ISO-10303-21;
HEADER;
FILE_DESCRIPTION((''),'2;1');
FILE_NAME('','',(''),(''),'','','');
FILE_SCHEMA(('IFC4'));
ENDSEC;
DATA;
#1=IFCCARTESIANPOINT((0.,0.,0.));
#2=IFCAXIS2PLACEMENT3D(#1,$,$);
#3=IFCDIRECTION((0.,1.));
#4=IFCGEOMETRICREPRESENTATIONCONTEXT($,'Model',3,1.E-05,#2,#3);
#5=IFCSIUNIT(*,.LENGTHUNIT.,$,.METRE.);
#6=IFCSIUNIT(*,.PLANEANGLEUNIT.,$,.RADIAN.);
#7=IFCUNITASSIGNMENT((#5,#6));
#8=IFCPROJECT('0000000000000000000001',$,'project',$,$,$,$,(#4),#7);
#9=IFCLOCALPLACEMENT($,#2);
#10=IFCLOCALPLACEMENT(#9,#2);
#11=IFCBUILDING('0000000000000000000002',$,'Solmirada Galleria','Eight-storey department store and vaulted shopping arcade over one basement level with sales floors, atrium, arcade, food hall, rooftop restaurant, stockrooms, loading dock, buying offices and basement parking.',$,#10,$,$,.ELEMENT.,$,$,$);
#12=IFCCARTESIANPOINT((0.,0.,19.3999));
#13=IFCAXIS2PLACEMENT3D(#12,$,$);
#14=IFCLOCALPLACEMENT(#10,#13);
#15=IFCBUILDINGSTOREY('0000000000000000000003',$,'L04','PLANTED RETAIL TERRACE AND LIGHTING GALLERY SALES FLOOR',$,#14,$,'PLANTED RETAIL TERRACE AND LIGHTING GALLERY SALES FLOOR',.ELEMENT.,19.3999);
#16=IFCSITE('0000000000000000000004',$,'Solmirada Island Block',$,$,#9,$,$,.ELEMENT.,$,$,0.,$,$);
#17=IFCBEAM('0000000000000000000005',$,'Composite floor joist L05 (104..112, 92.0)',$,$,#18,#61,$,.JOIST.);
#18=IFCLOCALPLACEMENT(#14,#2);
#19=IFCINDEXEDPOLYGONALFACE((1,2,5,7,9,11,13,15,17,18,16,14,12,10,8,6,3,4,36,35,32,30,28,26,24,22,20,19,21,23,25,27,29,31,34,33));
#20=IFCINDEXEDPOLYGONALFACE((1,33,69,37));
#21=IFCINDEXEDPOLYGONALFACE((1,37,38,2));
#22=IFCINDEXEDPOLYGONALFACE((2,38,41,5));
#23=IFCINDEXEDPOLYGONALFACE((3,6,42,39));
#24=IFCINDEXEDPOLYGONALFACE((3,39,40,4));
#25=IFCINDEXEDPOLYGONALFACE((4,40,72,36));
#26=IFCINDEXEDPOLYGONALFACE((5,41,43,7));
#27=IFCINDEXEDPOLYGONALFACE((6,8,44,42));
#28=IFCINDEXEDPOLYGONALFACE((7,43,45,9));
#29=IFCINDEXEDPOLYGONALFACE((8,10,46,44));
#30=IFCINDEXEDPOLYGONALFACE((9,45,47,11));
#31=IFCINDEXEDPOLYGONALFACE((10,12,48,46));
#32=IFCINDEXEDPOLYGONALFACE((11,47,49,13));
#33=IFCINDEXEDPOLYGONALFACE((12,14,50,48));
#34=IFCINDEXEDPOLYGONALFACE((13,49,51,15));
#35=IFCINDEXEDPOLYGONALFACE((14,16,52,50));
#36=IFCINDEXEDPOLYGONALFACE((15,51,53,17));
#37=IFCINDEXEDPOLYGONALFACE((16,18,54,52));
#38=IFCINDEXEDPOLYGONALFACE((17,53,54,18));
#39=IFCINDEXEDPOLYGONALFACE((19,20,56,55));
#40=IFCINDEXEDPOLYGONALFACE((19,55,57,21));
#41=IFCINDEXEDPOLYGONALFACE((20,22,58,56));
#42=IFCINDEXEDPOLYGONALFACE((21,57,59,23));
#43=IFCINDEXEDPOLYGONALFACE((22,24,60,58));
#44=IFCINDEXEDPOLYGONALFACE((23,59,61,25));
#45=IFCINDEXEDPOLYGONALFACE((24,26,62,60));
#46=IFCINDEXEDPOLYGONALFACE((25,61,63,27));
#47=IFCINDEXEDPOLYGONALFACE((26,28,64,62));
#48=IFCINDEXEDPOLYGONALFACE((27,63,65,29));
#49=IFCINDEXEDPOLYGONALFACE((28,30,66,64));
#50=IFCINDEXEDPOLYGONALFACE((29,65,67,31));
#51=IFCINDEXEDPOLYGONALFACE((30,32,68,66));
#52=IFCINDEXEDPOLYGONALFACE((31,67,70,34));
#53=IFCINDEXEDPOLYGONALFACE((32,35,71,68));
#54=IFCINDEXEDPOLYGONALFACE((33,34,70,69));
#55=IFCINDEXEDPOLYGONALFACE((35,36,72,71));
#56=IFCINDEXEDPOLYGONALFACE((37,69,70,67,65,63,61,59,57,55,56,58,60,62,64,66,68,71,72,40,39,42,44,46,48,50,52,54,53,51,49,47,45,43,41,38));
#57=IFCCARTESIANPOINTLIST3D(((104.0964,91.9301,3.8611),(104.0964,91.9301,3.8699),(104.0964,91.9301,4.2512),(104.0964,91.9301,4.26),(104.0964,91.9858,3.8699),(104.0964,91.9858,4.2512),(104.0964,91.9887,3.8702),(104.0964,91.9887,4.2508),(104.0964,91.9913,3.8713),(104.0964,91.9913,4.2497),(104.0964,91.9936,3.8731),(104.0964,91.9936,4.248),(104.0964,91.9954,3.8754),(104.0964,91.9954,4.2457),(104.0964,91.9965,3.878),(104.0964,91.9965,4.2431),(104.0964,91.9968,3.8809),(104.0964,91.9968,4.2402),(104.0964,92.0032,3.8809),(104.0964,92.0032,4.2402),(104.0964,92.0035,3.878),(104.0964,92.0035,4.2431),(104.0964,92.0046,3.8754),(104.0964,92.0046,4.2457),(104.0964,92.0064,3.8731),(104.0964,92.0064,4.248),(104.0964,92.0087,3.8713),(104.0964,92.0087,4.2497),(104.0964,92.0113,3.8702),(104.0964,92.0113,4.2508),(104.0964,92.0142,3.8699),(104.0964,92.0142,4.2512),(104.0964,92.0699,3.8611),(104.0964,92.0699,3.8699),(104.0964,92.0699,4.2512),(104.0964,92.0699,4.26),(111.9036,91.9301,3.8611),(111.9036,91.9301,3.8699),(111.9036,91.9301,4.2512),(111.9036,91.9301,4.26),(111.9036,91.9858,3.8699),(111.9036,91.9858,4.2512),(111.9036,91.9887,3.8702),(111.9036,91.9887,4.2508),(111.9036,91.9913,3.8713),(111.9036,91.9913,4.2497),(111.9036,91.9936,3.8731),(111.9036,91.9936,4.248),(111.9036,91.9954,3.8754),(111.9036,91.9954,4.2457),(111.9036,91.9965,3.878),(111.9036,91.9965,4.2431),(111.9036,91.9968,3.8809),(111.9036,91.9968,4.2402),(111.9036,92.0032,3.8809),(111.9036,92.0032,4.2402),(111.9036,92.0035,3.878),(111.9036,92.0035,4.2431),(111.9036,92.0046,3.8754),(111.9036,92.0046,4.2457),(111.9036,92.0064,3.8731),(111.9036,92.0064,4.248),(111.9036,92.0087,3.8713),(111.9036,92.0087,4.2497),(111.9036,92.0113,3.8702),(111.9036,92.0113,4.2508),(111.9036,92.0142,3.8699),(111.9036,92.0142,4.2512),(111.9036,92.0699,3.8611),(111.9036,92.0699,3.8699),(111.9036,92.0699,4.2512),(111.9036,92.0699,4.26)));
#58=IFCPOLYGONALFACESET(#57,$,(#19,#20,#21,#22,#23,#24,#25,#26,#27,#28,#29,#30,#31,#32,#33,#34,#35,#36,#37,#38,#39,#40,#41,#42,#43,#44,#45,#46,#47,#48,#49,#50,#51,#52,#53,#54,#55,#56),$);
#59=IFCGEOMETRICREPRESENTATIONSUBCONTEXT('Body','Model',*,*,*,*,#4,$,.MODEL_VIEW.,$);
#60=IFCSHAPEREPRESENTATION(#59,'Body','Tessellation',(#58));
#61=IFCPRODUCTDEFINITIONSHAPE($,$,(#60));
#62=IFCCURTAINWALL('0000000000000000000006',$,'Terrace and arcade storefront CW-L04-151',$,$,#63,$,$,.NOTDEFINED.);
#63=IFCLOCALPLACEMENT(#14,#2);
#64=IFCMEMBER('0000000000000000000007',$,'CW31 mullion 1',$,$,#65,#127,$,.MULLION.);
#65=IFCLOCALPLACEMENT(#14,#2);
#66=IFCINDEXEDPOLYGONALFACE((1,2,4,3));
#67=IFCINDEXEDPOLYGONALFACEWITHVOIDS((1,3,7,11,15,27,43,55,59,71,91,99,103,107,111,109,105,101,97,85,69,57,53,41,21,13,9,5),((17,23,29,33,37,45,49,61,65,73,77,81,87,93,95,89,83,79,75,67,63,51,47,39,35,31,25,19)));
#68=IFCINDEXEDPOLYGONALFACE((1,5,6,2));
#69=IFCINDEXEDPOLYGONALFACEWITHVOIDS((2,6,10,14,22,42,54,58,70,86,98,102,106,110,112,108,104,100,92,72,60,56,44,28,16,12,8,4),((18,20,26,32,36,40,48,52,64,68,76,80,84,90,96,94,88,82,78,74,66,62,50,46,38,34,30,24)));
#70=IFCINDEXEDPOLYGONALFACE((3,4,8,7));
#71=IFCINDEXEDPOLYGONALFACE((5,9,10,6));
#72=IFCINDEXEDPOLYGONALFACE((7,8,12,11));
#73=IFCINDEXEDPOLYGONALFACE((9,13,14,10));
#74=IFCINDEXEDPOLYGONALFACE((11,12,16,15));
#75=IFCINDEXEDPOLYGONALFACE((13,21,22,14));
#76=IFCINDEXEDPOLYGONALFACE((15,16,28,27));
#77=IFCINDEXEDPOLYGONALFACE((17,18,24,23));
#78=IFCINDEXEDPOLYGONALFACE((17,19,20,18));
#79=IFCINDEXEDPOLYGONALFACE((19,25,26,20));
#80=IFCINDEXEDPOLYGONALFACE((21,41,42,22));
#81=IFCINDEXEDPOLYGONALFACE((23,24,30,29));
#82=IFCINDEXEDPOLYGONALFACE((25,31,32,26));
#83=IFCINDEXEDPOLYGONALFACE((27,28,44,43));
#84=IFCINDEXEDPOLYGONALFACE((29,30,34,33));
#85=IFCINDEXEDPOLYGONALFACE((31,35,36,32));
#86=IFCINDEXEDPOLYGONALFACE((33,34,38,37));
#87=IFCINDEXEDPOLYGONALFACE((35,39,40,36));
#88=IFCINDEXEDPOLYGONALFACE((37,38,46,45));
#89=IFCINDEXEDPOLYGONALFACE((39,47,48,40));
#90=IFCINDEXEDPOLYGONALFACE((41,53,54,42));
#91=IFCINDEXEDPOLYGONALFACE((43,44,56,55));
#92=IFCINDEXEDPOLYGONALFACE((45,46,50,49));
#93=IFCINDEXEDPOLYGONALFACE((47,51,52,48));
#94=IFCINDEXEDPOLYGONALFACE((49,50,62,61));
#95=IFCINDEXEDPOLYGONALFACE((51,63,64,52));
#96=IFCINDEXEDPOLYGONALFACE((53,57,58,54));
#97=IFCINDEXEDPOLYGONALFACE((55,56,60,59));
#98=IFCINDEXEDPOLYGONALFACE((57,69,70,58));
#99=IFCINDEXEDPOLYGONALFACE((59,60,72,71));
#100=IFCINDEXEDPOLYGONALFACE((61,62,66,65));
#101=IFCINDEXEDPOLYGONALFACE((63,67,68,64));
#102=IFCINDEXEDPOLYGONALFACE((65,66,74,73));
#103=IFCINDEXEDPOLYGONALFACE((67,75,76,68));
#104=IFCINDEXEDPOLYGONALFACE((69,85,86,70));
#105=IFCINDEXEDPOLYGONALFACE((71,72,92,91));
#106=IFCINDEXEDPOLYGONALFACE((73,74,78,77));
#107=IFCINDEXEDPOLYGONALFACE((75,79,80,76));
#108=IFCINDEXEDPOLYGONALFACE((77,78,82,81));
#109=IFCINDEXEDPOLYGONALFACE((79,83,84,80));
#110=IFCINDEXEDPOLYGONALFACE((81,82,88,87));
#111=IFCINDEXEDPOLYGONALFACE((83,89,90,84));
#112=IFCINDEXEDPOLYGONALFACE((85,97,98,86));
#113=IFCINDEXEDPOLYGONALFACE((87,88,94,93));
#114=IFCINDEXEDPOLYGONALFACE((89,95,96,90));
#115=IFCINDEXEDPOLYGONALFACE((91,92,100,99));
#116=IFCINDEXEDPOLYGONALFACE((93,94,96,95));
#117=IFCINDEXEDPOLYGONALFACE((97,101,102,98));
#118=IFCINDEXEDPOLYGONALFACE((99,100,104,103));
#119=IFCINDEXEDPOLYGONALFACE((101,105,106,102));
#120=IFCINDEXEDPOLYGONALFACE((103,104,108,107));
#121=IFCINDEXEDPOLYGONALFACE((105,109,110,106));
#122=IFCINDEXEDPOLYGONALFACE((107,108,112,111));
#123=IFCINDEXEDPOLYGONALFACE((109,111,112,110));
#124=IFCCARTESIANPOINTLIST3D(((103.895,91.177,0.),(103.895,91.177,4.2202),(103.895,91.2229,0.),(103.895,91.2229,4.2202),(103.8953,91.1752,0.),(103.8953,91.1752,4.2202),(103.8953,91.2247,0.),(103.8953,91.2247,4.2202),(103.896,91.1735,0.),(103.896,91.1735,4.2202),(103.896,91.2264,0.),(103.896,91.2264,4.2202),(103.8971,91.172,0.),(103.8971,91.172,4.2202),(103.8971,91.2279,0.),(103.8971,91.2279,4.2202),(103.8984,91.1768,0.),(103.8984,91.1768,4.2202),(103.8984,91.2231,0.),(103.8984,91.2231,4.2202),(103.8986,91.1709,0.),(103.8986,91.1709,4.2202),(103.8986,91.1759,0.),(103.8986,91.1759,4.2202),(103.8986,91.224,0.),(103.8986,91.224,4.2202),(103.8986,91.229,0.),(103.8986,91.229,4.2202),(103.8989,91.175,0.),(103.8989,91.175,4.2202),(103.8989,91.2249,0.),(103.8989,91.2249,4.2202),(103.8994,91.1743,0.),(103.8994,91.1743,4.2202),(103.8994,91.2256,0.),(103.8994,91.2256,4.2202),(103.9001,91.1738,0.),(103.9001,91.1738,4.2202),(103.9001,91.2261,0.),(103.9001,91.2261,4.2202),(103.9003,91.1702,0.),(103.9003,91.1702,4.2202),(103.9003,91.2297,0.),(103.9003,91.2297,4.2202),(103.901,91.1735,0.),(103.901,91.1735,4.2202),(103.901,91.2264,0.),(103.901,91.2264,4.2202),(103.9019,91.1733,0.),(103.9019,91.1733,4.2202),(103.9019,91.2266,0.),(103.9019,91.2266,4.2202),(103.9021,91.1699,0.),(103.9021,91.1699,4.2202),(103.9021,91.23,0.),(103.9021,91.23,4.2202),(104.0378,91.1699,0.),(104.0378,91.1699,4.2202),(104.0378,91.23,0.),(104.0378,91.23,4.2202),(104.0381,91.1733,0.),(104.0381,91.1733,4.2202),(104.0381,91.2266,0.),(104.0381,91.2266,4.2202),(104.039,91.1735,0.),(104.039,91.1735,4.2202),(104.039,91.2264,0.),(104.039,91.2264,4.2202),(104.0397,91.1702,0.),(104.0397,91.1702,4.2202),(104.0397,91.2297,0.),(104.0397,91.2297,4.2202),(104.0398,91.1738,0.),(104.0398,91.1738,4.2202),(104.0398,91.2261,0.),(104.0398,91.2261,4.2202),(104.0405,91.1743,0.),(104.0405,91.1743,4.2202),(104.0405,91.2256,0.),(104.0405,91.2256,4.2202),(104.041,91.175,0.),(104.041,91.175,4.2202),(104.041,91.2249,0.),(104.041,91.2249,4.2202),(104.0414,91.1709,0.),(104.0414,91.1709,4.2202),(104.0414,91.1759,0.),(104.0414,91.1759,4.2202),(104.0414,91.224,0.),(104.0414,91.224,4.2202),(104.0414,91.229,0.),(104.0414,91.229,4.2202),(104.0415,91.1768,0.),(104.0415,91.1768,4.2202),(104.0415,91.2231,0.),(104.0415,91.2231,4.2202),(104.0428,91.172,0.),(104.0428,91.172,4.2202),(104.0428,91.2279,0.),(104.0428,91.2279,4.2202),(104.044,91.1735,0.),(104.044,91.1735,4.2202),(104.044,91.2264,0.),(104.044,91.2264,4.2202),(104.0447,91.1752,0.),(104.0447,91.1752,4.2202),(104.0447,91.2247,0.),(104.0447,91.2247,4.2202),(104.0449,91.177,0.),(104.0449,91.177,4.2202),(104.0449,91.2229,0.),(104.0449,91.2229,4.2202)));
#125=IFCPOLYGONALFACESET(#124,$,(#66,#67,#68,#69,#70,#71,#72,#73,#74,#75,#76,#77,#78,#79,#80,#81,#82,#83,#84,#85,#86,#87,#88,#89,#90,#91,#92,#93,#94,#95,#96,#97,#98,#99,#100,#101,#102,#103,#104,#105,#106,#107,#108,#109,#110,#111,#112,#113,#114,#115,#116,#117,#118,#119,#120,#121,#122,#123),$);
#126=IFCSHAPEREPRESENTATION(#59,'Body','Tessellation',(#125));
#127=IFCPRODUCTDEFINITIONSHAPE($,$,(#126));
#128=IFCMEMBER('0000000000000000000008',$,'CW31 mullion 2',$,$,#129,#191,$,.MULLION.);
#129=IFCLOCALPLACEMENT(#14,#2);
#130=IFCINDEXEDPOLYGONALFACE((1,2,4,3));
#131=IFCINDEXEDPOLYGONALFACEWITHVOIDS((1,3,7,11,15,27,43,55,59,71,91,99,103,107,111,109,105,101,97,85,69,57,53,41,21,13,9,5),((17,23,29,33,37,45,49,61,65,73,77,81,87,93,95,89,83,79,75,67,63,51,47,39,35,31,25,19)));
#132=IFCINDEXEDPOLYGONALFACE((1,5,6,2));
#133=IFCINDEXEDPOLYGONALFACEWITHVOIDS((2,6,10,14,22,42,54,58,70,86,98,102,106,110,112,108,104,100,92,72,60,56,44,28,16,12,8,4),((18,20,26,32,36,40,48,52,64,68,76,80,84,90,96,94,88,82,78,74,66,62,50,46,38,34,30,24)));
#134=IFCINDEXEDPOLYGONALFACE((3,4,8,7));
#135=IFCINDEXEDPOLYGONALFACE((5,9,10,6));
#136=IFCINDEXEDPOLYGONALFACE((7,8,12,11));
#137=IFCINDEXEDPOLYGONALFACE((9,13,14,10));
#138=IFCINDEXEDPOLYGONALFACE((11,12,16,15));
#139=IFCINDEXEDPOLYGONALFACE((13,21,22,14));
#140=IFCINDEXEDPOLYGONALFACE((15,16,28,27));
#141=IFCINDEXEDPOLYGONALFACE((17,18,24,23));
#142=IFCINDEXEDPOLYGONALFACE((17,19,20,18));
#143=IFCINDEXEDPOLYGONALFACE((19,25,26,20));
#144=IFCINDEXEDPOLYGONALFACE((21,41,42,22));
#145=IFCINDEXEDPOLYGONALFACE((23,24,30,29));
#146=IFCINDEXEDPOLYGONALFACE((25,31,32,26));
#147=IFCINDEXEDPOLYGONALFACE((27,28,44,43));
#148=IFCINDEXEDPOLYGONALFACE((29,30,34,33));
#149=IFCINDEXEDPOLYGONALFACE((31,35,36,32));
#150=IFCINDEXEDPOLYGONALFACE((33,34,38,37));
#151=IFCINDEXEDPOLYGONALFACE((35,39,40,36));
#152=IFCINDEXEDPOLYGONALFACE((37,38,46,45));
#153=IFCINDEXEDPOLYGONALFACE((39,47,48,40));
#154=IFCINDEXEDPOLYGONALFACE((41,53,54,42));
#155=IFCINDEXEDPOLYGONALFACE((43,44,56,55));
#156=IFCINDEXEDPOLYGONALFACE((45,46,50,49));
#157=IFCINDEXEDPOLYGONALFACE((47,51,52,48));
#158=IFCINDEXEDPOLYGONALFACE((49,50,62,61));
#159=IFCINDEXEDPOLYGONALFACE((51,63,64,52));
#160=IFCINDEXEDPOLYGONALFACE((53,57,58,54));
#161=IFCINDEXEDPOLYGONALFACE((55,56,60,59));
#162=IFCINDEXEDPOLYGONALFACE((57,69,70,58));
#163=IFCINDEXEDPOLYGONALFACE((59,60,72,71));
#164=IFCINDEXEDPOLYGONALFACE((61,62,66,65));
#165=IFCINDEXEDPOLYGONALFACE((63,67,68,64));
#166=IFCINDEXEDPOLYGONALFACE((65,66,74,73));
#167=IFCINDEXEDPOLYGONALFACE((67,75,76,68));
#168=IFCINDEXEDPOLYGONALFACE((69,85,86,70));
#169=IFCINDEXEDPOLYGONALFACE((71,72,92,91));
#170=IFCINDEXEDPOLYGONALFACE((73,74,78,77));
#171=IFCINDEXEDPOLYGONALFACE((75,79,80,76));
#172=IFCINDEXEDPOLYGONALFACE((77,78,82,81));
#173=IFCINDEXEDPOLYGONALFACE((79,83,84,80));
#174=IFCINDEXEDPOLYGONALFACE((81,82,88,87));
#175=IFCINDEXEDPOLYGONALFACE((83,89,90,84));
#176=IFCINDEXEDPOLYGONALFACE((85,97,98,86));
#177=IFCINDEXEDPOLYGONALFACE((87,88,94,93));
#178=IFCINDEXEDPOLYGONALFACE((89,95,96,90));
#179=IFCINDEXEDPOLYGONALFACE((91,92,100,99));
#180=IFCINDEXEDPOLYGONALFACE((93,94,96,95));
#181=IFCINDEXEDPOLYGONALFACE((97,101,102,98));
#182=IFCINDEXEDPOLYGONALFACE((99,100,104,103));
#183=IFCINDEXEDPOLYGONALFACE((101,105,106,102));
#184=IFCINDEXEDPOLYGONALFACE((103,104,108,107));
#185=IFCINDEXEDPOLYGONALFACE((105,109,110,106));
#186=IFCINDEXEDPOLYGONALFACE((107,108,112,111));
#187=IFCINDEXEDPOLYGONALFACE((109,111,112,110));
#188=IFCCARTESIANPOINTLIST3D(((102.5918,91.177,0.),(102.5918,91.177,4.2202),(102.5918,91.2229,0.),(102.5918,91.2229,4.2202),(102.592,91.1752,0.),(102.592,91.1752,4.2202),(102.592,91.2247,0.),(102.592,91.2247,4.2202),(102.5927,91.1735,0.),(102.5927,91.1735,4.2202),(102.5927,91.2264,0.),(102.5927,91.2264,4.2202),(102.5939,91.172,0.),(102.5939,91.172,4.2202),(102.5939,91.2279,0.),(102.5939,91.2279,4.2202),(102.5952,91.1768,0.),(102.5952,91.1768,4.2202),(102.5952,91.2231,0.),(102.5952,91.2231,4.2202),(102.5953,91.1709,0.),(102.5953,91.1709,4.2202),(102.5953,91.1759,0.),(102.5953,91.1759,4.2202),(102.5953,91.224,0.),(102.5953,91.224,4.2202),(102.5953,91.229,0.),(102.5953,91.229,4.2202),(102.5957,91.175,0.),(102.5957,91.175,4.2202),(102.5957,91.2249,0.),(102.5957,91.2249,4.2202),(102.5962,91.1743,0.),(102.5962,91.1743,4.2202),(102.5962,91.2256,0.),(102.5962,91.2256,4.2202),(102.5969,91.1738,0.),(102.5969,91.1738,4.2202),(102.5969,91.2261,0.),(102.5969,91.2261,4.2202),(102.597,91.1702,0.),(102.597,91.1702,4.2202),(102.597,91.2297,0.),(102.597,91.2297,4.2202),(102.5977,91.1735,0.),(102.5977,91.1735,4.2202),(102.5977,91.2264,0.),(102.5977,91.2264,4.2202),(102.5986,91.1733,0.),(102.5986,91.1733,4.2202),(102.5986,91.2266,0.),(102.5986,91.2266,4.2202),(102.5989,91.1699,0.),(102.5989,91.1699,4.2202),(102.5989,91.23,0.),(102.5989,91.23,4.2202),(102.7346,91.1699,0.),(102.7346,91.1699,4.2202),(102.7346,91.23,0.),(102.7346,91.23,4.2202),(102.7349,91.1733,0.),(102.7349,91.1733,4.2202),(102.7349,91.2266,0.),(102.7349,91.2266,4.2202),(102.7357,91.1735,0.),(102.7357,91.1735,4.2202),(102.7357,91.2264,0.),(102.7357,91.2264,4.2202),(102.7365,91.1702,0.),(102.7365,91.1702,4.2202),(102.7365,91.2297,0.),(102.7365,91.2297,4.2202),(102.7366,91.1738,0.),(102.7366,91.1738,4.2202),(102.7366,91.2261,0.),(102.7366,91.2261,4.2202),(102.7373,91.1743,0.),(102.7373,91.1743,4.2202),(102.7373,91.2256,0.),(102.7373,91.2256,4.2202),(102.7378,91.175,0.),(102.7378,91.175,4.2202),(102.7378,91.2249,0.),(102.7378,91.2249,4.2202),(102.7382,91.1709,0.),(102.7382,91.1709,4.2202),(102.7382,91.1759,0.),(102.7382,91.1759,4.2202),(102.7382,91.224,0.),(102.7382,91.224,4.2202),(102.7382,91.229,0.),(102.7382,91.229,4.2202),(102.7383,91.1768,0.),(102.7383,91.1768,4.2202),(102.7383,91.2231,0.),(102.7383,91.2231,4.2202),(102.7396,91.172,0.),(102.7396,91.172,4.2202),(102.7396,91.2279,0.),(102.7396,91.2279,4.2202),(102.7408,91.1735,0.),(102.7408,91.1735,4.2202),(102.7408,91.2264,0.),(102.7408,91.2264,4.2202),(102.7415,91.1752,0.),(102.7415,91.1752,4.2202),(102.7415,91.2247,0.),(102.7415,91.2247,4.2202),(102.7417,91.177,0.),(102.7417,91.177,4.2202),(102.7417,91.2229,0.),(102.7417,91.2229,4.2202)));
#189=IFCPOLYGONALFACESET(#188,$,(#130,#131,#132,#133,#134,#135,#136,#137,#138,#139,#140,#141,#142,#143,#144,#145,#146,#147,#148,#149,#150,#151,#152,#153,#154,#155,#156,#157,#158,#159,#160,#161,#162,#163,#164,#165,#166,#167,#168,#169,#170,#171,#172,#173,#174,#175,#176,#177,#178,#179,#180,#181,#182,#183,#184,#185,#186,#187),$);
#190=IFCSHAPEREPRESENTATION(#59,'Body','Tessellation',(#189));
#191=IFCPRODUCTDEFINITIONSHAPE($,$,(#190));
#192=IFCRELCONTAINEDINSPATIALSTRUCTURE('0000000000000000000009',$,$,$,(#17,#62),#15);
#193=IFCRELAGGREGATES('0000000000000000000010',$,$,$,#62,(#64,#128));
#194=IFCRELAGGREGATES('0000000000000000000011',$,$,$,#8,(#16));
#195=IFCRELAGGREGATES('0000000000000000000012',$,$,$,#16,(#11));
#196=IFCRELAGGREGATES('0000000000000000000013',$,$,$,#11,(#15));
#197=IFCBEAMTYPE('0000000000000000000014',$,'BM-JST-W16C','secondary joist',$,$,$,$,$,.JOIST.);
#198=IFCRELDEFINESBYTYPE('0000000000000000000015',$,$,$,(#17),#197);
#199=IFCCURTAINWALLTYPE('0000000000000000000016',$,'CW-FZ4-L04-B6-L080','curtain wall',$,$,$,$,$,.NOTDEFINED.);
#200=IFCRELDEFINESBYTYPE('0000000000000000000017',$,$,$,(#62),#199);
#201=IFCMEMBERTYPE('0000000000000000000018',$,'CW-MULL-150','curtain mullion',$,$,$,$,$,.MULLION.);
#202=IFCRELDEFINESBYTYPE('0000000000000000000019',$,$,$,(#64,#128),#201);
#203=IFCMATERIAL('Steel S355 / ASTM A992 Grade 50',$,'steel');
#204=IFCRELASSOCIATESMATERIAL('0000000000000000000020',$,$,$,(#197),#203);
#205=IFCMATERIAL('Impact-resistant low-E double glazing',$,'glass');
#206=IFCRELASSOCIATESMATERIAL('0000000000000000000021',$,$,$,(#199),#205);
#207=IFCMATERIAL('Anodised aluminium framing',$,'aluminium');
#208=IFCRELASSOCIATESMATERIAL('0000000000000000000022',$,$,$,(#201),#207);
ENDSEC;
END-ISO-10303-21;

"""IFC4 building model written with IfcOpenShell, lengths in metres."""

from ifc_helpers import new_model, si_unit, direction, frame, origin, origin_2d, place, context, subcontext, project, spatial, hollow_rectangle, i_section, extrude, material, material_profile, profile_set, type_object, element, aggregate, save


model = new_model("IFC4")

# Units and contexts
model_context = context("Model", 3, precision=1e-05, world=origin(), true_north=direction((0.0, 1.0)))
body_context = subcontext(model_context, "Body", "Model", "MODEL_VIEW")
ifc_project = project(units=[si_unit("LENGTHUNIT", "METRE"), si_unit("PLANEANGLEUNIT", "RADIAN")], contexts=[model_context])

# Site, building, storey
site_placement = place(None, origin())
site = spatial("IfcSite", under=ifc_project, at=site_placement, Name="Solmirada Island Block", CompositionType="ELEMENT", RefElevation=0.0)
building_placement = place(site_placement, origin())
building = spatial("IfcBuilding", under=site, at=building_placement, Name="Solmirada Galleria", Description="Eight-storey department store and vaulted shopping arcade over one basement level with sales floors, atrium, arcade, food hall, rooftop restaurant, stockrooms, loading dock, buying offices and basement parking.", CompositionType="ELEMENT")
storey_placement = place(building_placement, frame((0.0, 0.0, 19.3999)))
storey = spatial("IfcBuildingStorey", under=building, at=storey_placement, Name="L04", Description="PLANTED RETAIL TERRACE AND LIGHTING GALLERY SALES FLOOR", LongName="PLANTED RETAIL TERRACE AND LIGHTING GALLERY SALES FLOOR", CompositionType="ELEMENT", Elevation=19.3999)

# Beam
ifc_material_1 = material(Name="Steel S355 / ASTM A992 Grade 50", Category="steel")
ifc_material_profile_1 = material_profile(ifc_material_1, i_section(OverallWidth=0.1399, OverallDepth=0.3989, WebThickness=0.0063, FlangeThickness=0.0088, FilletRadius=0.011, at=origin_2d()), Name="W16X26")
ifc_profile_set_1 = profile_set([ifc_material_profile_1], Name="Steel S355 / ASTM A992 Grade 50")
beam_type_1 = type_object("IfcBeamType", Name="BM-JST-W16C", Description="secondary joist", PredefinedType="JOIST", material=ifc_profile_set_1)
beam_1_placement = place(storey_placement, frame((104.0964, 92.0, 4.0605), z_axis=(1.0, 0.0, 0.0), x_axis=(0.0, 1.0, 0.0)))
element("IfcBeam", 1, at=beam_1_placement, inside=storey, type_object=beam_type_1, Name="Composite floor joist L05 (104..112, 92.0)", PredefinedType="JOIST", context=body_context, shape_type="SweptSolid", body=[
    extrude(i_section(OverallWidth=0.1399, OverallDepth=0.3989, WebThickness=0.0063, FlangeThickness=0.0088, FilletRadius=0.011, at=origin_2d()), origin(), (0.0, 0.0, 1.0), 7.8071),
])

# Curtain wall, members
ifc_material_2 = material(Name="Impact-resistant low-E double glazing", Category="glass")
curtain_wall_type = type_object("IfcCurtainWallType", Name="CW-FZ4-L04-B6-L080", Description="curtain wall", PredefinedType="NOTDEFINED", material=ifc_material_2)
curtain_wall_placement = place(storey_placement, origin())
curtain_wall = element("IfcCurtainWall", 2, at=curtain_wall_placement, inside=storey, type_object=curtain_wall_type, Name="Terrace and arcade storefront CW-L04-151", PredefinedType="NOTDEFINED")
ifc_material_3 = material(Name="Anodised aluminium framing", Category="aluminium")
ifc_material_profile_2 = material_profile(ifc_material_3, hollow_rectangle(XDim=0.0601, YDim=0.1499, WallThickness=0.0034, InnerFilletRadius=0.0034, OuterFilletRadius=0.0071, at=origin_2d()), Name="ALU-MULL-150X60")
ifc_profile_set_2 = profile_set([ifc_material_profile_2], Name="Anodised aluminium framing")
member_type_1 = type_object("IfcMemberType", Name="CW-MULL-150", Description="curtain mullion", PredefinedType="MULLION", material=ifc_profile_set_2)
member_1_placement = place(storey_placement, frame((103.97, 91.2, 0.0), z_axis=(0.0, 0.0, 1.0), x_axis=(0.0, -1.0, 0.0)))
member_1 = element("IfcMember", 3, at=member_1_placement, type_object=member_type_1, Name="CW31 mullion 1", PredefinedType="MULLION", context=body_context, shape_type="SweptSolid", body=[
    extrude(hollow_rectangle(XDim=0.0601, YDim=0.1499, WallThickness=0.0034, InnerFilletRadius=0.0034, OuterFilletRadius=0.0071, at=origin_2d()), origin(), (0.0, 0.0, 1.0), 4.2202),
])
member_2_placement = place(storey_placement, frame((102.6667, 91.2, 0.0), z_axis=(0.0, 0.0, 1.0), x_axis=(0.0, -1.0, 0.0)))
member_2 = element("IfcMember", 4, at=member_2_placement, type_object=member_type_1, Name="CW31 mullion 2", PredefinedType="MULLION", context=body_context, shape_type="SweptSolid", body=[
    extrude(hollow_rectangle(XDim=0.0601, YDim=0.1499, WallThickness=0.0034, InnerFilletRadius=0.0034, OuterFilletRadius=0.0071, at=origin_2d()), origin(), (0.0, 0.0, 1.0), 4.2202),
])
aggregate(curtain_wall, [member_1, member_2])

save(model, "model.ifc")
